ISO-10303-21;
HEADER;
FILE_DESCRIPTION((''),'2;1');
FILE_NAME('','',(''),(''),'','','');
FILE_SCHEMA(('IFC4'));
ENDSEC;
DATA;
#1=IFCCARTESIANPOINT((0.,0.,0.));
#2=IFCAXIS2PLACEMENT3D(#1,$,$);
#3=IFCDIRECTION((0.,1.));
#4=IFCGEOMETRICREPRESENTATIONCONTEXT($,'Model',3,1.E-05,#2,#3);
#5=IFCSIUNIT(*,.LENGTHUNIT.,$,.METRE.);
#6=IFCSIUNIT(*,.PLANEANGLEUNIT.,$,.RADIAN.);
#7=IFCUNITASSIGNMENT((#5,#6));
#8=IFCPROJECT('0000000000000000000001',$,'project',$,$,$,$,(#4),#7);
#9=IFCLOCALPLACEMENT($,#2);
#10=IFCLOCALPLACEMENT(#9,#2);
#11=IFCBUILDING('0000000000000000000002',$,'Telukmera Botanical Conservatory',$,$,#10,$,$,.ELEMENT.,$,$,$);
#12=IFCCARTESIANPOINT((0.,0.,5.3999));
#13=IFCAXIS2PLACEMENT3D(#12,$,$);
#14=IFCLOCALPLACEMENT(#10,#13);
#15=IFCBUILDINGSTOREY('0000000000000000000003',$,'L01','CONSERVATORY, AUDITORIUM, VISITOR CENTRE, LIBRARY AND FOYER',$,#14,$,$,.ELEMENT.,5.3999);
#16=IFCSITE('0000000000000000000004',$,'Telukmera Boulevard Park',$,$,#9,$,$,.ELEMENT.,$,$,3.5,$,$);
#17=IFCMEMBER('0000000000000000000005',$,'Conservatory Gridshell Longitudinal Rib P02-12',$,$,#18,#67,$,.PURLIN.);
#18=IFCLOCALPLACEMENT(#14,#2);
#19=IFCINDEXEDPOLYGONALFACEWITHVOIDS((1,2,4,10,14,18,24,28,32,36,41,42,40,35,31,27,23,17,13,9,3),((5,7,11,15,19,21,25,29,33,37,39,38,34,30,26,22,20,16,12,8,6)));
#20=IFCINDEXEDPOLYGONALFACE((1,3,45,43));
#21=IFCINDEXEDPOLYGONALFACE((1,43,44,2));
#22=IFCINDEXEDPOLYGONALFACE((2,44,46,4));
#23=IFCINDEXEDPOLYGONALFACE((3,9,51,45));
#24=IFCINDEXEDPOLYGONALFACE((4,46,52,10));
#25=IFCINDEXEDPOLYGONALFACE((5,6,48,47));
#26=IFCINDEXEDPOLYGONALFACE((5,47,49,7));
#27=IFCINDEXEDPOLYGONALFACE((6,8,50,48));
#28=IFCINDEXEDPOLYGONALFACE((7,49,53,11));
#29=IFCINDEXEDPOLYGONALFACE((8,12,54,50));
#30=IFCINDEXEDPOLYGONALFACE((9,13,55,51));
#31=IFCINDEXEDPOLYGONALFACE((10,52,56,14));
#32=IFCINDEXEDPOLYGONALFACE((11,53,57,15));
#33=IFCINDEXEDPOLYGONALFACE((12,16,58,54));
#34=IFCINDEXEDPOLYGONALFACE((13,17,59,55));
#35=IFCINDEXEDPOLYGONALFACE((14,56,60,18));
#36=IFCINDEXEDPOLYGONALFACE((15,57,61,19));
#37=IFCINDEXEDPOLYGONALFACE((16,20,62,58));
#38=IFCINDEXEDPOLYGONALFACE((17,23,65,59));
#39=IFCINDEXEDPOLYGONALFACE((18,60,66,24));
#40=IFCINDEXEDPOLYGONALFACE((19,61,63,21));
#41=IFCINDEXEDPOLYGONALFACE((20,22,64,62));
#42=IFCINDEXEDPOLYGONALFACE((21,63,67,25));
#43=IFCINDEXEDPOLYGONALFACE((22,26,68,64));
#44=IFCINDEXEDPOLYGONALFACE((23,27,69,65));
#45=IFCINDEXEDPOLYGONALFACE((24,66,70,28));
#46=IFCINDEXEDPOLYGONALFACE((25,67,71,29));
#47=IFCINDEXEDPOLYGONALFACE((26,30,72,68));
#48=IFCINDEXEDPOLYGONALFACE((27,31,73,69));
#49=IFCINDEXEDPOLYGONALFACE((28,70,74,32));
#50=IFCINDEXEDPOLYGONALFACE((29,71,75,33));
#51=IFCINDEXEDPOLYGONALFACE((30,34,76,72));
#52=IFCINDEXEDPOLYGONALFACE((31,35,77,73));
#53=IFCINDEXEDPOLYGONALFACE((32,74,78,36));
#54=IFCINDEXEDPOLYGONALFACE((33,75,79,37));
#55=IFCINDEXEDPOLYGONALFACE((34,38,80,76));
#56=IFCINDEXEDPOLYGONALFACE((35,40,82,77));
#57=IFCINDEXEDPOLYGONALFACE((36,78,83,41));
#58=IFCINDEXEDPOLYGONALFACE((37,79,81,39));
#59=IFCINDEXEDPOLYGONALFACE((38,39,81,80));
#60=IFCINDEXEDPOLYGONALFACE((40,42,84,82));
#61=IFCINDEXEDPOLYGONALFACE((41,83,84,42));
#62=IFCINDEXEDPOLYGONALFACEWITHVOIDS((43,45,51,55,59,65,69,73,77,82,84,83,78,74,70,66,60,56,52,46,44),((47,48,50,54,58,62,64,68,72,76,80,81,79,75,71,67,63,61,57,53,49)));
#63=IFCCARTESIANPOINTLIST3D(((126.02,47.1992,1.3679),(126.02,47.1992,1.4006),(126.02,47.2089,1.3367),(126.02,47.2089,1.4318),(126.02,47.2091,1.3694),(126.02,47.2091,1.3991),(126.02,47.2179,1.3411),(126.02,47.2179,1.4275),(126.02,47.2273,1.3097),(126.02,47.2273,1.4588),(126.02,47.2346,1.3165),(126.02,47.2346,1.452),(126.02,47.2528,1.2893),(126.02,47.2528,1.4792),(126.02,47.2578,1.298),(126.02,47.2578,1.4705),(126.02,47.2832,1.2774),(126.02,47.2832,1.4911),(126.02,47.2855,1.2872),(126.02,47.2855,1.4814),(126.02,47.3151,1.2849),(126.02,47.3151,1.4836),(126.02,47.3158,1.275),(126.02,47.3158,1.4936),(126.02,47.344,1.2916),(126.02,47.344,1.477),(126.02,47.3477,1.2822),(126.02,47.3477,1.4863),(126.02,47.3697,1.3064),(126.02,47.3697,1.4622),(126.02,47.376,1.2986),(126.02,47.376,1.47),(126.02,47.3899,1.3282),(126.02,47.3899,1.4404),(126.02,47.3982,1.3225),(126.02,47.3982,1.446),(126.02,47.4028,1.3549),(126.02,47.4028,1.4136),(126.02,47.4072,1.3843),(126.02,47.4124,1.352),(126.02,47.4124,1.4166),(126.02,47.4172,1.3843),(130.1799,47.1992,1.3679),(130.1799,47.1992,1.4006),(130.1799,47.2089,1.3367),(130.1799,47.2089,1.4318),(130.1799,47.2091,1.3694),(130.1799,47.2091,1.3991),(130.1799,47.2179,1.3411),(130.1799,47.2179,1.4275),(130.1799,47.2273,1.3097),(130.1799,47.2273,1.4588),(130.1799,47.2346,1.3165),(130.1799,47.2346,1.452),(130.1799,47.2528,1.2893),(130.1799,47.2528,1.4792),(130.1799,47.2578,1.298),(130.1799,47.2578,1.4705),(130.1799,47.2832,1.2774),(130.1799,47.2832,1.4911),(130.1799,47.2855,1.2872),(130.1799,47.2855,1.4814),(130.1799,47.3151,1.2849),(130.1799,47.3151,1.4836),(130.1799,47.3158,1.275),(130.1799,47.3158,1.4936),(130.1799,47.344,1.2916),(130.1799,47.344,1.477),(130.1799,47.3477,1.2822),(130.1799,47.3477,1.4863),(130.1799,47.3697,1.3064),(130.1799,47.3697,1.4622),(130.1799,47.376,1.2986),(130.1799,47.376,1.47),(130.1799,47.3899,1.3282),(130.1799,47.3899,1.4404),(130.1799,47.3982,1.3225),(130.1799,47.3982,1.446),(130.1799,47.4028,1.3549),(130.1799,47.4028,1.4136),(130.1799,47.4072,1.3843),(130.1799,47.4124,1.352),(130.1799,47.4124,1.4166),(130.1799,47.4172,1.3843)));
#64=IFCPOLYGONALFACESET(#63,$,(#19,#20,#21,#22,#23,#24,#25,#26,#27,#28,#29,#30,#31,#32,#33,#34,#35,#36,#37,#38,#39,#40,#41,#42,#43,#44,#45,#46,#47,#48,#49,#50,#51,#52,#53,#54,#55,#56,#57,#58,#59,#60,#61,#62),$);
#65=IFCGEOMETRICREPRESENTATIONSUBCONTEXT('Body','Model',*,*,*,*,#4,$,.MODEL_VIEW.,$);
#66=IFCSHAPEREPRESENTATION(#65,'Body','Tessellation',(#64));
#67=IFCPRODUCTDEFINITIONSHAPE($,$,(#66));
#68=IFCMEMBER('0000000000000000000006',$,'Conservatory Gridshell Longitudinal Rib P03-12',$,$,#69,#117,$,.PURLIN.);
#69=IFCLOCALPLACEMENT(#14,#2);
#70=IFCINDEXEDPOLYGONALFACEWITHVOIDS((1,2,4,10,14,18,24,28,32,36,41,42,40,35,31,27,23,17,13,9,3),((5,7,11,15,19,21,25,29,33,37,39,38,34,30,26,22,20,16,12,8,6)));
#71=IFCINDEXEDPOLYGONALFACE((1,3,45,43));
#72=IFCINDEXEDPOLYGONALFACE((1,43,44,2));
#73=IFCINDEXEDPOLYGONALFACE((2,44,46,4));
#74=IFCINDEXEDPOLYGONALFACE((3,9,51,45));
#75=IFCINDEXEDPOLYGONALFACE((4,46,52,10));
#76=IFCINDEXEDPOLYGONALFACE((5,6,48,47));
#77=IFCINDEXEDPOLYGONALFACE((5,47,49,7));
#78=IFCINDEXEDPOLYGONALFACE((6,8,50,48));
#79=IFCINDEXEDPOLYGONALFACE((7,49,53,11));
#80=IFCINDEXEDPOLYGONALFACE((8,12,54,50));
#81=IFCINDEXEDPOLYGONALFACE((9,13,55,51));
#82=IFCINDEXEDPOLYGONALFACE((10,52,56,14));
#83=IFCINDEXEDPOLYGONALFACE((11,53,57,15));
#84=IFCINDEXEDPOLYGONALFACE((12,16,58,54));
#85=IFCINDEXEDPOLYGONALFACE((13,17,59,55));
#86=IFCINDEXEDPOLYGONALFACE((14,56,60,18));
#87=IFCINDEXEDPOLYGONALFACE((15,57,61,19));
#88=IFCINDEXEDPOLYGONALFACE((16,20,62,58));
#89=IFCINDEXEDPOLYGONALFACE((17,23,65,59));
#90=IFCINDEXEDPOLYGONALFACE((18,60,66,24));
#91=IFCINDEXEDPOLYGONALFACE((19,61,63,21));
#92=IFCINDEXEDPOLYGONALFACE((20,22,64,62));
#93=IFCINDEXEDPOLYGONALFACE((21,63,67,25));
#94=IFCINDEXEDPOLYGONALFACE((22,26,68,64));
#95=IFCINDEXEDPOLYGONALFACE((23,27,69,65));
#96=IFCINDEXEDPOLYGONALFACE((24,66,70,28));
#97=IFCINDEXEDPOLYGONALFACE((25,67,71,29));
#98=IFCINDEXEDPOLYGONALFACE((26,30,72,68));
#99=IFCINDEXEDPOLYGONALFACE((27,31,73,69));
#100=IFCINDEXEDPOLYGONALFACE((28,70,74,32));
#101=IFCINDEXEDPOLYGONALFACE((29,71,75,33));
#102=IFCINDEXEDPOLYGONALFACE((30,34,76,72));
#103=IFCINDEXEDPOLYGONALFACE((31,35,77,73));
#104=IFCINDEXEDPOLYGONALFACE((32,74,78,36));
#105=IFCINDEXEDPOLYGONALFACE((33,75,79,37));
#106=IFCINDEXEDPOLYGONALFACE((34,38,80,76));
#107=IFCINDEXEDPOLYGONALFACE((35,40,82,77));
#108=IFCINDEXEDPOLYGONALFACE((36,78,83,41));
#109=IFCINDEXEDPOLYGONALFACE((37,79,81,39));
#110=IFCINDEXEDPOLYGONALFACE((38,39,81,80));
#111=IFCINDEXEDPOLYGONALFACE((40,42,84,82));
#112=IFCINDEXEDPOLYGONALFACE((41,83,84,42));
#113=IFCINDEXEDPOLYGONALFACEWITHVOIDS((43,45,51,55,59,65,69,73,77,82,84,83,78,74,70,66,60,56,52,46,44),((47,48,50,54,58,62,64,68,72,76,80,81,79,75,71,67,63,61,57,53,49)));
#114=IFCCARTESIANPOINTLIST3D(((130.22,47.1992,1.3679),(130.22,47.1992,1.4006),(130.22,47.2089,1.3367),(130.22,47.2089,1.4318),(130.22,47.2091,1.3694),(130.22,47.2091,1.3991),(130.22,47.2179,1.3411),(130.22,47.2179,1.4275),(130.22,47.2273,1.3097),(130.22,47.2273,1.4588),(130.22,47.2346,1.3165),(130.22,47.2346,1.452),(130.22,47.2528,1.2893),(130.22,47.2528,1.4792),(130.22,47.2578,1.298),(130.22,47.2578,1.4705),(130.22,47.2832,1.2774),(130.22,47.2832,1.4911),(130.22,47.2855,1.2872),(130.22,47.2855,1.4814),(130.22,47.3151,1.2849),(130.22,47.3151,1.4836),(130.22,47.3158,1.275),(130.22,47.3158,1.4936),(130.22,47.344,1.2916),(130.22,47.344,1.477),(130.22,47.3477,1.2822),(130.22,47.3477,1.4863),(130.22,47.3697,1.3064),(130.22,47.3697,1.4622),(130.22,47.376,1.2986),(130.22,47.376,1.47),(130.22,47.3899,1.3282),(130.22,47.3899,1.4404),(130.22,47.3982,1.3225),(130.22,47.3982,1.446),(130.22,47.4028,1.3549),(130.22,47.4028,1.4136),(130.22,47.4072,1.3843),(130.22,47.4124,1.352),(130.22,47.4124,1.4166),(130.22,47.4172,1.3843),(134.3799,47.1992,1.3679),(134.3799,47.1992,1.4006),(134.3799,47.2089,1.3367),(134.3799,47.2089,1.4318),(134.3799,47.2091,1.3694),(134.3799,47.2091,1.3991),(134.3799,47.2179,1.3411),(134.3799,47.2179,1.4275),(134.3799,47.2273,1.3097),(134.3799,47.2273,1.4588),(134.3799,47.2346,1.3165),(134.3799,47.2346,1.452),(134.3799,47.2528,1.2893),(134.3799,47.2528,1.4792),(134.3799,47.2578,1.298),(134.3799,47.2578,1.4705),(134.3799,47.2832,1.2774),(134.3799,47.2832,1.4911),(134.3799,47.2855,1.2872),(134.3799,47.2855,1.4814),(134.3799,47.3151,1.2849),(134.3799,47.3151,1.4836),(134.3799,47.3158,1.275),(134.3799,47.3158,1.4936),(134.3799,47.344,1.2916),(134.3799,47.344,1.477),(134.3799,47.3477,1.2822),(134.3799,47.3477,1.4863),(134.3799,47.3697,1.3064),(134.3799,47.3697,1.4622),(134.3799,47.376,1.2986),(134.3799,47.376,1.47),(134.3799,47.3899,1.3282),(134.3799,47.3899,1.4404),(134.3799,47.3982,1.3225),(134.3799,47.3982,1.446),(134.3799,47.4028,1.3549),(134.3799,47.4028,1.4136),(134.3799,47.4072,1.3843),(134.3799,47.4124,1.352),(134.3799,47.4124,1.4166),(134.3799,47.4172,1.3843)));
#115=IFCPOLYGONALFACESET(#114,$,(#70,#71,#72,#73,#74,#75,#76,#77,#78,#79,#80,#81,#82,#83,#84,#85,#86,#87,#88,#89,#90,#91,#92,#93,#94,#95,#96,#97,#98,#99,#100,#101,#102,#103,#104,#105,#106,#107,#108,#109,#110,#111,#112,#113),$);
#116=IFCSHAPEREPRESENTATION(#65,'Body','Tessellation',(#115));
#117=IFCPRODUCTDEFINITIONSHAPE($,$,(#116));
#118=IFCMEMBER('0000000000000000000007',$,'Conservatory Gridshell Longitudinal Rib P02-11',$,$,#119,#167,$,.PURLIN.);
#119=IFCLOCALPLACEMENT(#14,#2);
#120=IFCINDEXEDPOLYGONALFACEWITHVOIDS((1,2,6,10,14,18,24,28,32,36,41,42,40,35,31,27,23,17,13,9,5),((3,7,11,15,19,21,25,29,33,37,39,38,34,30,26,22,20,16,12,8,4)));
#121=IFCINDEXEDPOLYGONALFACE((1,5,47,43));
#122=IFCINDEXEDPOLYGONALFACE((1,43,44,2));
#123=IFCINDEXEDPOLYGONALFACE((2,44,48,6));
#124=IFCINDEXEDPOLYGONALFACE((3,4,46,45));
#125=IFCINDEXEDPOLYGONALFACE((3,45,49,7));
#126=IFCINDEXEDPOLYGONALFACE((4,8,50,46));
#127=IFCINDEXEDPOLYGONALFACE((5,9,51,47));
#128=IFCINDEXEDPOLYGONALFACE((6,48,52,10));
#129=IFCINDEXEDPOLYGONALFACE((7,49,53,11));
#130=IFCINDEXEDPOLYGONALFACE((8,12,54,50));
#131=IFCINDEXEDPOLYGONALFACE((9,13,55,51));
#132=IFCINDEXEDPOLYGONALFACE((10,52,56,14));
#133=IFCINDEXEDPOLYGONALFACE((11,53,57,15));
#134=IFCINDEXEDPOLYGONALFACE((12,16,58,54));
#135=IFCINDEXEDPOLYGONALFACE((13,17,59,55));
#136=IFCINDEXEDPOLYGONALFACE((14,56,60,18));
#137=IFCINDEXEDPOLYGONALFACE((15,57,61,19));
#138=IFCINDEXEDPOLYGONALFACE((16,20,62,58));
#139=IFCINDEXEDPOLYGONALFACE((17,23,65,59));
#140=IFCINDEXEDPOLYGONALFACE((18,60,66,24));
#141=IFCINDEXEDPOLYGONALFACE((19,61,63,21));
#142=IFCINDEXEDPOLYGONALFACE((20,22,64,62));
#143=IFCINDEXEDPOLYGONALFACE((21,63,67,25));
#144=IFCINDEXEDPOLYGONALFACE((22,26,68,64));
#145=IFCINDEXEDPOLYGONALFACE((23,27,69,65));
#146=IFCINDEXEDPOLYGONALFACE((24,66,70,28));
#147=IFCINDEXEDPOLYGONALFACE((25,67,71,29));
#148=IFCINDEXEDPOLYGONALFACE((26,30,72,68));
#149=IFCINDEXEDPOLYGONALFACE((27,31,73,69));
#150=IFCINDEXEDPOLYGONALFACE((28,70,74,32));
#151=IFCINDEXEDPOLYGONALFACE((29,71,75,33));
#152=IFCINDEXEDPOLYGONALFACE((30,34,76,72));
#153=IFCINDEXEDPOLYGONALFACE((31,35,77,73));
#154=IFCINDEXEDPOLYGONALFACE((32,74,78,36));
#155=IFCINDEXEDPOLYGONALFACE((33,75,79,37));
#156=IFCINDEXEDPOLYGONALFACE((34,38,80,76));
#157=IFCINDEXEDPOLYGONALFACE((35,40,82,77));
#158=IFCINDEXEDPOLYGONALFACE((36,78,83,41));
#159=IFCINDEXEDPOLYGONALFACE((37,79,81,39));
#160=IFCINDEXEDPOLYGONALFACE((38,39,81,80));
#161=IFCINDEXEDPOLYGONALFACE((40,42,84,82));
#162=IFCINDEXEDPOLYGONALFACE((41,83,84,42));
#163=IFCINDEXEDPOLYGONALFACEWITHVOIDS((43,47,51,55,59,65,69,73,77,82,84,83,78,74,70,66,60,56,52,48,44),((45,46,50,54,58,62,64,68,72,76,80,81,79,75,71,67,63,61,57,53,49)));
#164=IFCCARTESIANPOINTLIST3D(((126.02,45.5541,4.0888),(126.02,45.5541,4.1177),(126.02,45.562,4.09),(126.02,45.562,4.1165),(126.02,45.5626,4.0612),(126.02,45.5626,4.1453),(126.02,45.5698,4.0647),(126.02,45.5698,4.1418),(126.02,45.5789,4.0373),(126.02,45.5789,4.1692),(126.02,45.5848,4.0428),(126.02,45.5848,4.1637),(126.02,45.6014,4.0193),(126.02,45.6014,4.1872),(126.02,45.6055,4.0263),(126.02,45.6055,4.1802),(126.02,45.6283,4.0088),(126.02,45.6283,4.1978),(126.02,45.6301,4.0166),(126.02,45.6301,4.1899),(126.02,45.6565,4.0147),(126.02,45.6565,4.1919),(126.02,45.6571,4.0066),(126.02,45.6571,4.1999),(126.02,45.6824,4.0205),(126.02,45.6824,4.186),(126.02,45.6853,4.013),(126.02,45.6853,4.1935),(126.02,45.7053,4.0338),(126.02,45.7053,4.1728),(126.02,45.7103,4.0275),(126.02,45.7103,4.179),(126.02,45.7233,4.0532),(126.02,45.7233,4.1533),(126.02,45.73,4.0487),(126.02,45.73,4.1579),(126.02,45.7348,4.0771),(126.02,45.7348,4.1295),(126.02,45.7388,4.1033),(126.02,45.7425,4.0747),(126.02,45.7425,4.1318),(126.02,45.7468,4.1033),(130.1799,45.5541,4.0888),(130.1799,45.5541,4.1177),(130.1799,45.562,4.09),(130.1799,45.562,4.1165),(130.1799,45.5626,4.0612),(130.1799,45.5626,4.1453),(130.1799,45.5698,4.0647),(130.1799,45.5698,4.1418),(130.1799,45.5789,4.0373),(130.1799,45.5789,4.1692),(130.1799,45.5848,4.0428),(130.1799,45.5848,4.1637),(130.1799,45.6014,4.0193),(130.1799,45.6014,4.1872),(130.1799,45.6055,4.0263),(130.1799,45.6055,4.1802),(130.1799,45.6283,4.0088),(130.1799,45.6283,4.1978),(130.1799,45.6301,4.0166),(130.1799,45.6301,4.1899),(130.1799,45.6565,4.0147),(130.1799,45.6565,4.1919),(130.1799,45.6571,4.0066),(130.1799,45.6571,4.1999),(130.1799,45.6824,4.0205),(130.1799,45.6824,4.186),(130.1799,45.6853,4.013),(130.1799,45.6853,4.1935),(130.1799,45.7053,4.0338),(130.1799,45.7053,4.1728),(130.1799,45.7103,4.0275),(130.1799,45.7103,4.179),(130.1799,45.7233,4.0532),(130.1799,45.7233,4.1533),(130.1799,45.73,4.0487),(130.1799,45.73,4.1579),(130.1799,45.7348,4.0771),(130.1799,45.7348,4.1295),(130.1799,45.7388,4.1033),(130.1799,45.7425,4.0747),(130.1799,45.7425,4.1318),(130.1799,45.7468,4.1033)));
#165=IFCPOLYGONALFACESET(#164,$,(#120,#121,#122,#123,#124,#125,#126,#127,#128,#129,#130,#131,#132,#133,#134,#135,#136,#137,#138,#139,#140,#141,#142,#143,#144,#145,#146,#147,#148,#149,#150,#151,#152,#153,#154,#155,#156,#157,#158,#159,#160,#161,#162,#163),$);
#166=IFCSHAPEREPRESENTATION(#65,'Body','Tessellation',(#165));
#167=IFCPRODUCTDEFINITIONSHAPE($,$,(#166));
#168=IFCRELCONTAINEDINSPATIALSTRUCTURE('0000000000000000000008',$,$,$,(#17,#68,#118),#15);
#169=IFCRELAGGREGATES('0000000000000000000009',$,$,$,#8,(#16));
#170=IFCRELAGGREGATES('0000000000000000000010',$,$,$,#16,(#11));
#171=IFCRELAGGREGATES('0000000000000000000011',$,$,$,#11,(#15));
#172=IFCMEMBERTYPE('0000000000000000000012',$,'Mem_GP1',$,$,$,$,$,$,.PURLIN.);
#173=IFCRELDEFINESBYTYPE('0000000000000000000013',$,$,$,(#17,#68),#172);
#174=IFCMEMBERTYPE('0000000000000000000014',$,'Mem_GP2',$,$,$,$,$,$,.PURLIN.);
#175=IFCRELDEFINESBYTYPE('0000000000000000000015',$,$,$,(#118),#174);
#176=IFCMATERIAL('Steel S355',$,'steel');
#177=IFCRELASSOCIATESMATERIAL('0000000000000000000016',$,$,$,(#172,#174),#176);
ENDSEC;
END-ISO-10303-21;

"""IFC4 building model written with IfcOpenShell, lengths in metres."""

from ifc_helpers import new_model, si_unit, direction, frame, origin, origin_2d, place, context, subcontext, project, spatial, hollow_circle, extrude, material, material_profile, profile_set, type_object, element, save


model = new_model("IFC4")

# Units and contexts
model_context = context("Model", 3, precision=1e-05, world=origin(), true_north=direction((0.0, 1.0)))
body_context = subcontext(model_context, "Body", "Model", "MODEL_VIEW")
ifc_project = project(units=[si_unit("LENGTHUNIT", "METRE"), si_unit("PLANEANGLEUNIT", "RADIAN")], contexts=[model_context])

# Site, building, storey
site_placement = place(None, origin())
site = spatial("IfcSite", under=ifc_project, at=site_placement, Name="Telukmera Boulevard Park", CompositionType="ELEMENT", RefElevation=3.5)
building_placement = place(site_placement, origin())
building = spatial("IfcBuilding", under=site, at=building_placement, Name="Telukmera Botanical Conservatory", CompositionType="ELEMENT")
storey_placement = place(building_placement, frame((0.0, 0.0, 5.3999)))
storey = spatial("IfcBuildingStorey", under=building, at=storey_placement, Name="L01", Description="CONSERVATORY, AUDITORIUM, VISITOR CENTRE, LIBRARY AND FOYER", CompositionType="ELEMENT", Elevation=5.3999)

# Shared definitions
ifc_material_1 = material(Name="Steel S355", Category="steel")

# Members
ifc_material_profile_1 = material_profile(ifc_material_1, hollow_circle(Radius=0.1096, WallThickness=0.01, at=origin_2d()), Name="CHS 219.1x10.0")
ifc_profile_set_1 = profile_set([ifc_material_profile_1], Name="Steel S355")
member_type_1 = type_object("IfcMemberType", Name="Mem_GP1", PredefinedType="PURLIN", material=ifc_profile_set_1)
for number, where, z_axis, x_axis, name in (
    (1, (126.02, 47.3076, 1.3843), (1.0, 0.0, 0.0), (0.0, 1.0, 0.0), "Conservatory Gridshell Longitudinal Rib P02-12"),
    (2, (130.22, 47.3076, 1.3843), (1.0, 0.0, 0.0), (0.0, 1.0, 0.0), "Conservatory Gridshell Longitudinal Rib P03-12"),
):
    element("IfcMember", number, at=place(storey_placement, frame(where, z_axis=z_axis, x_axis=x_axis)), inside=storey, type_object=member_type_1, Name=name, PredefinedType="PURLIN", context=body_context, shape_type="SweptSolid", body=[
        extrude(hollow_circle(Radius=0.1096, WallThickness=0.01, at=origin_2d()), origin(), (0.0, 0.0, 1.0), 4.1599),
    ])
ifc_material_profile_2 = material_profile(ifc_material_1, hollow_circle(Radius=0.0969, WallThickness=0.0081, at=origin_2d()), Name="CHS 193.7x8.0")
ifc_profile_set_2 = profile_set([ifc_material_profile_2], Name="Steel S355")
member_type_2 = type_object("IfcMemberType", Name="Mem_GP2", PredefinedType="PURLIN", material=ifc_profile_set_2)
for number, where, z_axis, x_axis, name in (
    (3, (126.02, 45.6499, 4.1033), (1.0, 0.0, 0.0), (0.0, 1.0, 0.0), "Conservatory Gridshell Longitudinal Rib P02-11"),
):
    element("IfcMember", number, at=place(storey_placement, frame(where, z_axis=z_axis, x_axis=x_axis)), inside=storey, type_object=member_type_2, Name=name, PredefinedType="PURLIN", context=body_context, shape_type="SweptSolid", body=[
        extrude(hollow_circle(Radius=0.0969, WallThickness=0.0081, at=origin_2d()), origin(), (0.0, 0.0, 1.0), 4.1599),
    ])

save(model, "model.ifc")
